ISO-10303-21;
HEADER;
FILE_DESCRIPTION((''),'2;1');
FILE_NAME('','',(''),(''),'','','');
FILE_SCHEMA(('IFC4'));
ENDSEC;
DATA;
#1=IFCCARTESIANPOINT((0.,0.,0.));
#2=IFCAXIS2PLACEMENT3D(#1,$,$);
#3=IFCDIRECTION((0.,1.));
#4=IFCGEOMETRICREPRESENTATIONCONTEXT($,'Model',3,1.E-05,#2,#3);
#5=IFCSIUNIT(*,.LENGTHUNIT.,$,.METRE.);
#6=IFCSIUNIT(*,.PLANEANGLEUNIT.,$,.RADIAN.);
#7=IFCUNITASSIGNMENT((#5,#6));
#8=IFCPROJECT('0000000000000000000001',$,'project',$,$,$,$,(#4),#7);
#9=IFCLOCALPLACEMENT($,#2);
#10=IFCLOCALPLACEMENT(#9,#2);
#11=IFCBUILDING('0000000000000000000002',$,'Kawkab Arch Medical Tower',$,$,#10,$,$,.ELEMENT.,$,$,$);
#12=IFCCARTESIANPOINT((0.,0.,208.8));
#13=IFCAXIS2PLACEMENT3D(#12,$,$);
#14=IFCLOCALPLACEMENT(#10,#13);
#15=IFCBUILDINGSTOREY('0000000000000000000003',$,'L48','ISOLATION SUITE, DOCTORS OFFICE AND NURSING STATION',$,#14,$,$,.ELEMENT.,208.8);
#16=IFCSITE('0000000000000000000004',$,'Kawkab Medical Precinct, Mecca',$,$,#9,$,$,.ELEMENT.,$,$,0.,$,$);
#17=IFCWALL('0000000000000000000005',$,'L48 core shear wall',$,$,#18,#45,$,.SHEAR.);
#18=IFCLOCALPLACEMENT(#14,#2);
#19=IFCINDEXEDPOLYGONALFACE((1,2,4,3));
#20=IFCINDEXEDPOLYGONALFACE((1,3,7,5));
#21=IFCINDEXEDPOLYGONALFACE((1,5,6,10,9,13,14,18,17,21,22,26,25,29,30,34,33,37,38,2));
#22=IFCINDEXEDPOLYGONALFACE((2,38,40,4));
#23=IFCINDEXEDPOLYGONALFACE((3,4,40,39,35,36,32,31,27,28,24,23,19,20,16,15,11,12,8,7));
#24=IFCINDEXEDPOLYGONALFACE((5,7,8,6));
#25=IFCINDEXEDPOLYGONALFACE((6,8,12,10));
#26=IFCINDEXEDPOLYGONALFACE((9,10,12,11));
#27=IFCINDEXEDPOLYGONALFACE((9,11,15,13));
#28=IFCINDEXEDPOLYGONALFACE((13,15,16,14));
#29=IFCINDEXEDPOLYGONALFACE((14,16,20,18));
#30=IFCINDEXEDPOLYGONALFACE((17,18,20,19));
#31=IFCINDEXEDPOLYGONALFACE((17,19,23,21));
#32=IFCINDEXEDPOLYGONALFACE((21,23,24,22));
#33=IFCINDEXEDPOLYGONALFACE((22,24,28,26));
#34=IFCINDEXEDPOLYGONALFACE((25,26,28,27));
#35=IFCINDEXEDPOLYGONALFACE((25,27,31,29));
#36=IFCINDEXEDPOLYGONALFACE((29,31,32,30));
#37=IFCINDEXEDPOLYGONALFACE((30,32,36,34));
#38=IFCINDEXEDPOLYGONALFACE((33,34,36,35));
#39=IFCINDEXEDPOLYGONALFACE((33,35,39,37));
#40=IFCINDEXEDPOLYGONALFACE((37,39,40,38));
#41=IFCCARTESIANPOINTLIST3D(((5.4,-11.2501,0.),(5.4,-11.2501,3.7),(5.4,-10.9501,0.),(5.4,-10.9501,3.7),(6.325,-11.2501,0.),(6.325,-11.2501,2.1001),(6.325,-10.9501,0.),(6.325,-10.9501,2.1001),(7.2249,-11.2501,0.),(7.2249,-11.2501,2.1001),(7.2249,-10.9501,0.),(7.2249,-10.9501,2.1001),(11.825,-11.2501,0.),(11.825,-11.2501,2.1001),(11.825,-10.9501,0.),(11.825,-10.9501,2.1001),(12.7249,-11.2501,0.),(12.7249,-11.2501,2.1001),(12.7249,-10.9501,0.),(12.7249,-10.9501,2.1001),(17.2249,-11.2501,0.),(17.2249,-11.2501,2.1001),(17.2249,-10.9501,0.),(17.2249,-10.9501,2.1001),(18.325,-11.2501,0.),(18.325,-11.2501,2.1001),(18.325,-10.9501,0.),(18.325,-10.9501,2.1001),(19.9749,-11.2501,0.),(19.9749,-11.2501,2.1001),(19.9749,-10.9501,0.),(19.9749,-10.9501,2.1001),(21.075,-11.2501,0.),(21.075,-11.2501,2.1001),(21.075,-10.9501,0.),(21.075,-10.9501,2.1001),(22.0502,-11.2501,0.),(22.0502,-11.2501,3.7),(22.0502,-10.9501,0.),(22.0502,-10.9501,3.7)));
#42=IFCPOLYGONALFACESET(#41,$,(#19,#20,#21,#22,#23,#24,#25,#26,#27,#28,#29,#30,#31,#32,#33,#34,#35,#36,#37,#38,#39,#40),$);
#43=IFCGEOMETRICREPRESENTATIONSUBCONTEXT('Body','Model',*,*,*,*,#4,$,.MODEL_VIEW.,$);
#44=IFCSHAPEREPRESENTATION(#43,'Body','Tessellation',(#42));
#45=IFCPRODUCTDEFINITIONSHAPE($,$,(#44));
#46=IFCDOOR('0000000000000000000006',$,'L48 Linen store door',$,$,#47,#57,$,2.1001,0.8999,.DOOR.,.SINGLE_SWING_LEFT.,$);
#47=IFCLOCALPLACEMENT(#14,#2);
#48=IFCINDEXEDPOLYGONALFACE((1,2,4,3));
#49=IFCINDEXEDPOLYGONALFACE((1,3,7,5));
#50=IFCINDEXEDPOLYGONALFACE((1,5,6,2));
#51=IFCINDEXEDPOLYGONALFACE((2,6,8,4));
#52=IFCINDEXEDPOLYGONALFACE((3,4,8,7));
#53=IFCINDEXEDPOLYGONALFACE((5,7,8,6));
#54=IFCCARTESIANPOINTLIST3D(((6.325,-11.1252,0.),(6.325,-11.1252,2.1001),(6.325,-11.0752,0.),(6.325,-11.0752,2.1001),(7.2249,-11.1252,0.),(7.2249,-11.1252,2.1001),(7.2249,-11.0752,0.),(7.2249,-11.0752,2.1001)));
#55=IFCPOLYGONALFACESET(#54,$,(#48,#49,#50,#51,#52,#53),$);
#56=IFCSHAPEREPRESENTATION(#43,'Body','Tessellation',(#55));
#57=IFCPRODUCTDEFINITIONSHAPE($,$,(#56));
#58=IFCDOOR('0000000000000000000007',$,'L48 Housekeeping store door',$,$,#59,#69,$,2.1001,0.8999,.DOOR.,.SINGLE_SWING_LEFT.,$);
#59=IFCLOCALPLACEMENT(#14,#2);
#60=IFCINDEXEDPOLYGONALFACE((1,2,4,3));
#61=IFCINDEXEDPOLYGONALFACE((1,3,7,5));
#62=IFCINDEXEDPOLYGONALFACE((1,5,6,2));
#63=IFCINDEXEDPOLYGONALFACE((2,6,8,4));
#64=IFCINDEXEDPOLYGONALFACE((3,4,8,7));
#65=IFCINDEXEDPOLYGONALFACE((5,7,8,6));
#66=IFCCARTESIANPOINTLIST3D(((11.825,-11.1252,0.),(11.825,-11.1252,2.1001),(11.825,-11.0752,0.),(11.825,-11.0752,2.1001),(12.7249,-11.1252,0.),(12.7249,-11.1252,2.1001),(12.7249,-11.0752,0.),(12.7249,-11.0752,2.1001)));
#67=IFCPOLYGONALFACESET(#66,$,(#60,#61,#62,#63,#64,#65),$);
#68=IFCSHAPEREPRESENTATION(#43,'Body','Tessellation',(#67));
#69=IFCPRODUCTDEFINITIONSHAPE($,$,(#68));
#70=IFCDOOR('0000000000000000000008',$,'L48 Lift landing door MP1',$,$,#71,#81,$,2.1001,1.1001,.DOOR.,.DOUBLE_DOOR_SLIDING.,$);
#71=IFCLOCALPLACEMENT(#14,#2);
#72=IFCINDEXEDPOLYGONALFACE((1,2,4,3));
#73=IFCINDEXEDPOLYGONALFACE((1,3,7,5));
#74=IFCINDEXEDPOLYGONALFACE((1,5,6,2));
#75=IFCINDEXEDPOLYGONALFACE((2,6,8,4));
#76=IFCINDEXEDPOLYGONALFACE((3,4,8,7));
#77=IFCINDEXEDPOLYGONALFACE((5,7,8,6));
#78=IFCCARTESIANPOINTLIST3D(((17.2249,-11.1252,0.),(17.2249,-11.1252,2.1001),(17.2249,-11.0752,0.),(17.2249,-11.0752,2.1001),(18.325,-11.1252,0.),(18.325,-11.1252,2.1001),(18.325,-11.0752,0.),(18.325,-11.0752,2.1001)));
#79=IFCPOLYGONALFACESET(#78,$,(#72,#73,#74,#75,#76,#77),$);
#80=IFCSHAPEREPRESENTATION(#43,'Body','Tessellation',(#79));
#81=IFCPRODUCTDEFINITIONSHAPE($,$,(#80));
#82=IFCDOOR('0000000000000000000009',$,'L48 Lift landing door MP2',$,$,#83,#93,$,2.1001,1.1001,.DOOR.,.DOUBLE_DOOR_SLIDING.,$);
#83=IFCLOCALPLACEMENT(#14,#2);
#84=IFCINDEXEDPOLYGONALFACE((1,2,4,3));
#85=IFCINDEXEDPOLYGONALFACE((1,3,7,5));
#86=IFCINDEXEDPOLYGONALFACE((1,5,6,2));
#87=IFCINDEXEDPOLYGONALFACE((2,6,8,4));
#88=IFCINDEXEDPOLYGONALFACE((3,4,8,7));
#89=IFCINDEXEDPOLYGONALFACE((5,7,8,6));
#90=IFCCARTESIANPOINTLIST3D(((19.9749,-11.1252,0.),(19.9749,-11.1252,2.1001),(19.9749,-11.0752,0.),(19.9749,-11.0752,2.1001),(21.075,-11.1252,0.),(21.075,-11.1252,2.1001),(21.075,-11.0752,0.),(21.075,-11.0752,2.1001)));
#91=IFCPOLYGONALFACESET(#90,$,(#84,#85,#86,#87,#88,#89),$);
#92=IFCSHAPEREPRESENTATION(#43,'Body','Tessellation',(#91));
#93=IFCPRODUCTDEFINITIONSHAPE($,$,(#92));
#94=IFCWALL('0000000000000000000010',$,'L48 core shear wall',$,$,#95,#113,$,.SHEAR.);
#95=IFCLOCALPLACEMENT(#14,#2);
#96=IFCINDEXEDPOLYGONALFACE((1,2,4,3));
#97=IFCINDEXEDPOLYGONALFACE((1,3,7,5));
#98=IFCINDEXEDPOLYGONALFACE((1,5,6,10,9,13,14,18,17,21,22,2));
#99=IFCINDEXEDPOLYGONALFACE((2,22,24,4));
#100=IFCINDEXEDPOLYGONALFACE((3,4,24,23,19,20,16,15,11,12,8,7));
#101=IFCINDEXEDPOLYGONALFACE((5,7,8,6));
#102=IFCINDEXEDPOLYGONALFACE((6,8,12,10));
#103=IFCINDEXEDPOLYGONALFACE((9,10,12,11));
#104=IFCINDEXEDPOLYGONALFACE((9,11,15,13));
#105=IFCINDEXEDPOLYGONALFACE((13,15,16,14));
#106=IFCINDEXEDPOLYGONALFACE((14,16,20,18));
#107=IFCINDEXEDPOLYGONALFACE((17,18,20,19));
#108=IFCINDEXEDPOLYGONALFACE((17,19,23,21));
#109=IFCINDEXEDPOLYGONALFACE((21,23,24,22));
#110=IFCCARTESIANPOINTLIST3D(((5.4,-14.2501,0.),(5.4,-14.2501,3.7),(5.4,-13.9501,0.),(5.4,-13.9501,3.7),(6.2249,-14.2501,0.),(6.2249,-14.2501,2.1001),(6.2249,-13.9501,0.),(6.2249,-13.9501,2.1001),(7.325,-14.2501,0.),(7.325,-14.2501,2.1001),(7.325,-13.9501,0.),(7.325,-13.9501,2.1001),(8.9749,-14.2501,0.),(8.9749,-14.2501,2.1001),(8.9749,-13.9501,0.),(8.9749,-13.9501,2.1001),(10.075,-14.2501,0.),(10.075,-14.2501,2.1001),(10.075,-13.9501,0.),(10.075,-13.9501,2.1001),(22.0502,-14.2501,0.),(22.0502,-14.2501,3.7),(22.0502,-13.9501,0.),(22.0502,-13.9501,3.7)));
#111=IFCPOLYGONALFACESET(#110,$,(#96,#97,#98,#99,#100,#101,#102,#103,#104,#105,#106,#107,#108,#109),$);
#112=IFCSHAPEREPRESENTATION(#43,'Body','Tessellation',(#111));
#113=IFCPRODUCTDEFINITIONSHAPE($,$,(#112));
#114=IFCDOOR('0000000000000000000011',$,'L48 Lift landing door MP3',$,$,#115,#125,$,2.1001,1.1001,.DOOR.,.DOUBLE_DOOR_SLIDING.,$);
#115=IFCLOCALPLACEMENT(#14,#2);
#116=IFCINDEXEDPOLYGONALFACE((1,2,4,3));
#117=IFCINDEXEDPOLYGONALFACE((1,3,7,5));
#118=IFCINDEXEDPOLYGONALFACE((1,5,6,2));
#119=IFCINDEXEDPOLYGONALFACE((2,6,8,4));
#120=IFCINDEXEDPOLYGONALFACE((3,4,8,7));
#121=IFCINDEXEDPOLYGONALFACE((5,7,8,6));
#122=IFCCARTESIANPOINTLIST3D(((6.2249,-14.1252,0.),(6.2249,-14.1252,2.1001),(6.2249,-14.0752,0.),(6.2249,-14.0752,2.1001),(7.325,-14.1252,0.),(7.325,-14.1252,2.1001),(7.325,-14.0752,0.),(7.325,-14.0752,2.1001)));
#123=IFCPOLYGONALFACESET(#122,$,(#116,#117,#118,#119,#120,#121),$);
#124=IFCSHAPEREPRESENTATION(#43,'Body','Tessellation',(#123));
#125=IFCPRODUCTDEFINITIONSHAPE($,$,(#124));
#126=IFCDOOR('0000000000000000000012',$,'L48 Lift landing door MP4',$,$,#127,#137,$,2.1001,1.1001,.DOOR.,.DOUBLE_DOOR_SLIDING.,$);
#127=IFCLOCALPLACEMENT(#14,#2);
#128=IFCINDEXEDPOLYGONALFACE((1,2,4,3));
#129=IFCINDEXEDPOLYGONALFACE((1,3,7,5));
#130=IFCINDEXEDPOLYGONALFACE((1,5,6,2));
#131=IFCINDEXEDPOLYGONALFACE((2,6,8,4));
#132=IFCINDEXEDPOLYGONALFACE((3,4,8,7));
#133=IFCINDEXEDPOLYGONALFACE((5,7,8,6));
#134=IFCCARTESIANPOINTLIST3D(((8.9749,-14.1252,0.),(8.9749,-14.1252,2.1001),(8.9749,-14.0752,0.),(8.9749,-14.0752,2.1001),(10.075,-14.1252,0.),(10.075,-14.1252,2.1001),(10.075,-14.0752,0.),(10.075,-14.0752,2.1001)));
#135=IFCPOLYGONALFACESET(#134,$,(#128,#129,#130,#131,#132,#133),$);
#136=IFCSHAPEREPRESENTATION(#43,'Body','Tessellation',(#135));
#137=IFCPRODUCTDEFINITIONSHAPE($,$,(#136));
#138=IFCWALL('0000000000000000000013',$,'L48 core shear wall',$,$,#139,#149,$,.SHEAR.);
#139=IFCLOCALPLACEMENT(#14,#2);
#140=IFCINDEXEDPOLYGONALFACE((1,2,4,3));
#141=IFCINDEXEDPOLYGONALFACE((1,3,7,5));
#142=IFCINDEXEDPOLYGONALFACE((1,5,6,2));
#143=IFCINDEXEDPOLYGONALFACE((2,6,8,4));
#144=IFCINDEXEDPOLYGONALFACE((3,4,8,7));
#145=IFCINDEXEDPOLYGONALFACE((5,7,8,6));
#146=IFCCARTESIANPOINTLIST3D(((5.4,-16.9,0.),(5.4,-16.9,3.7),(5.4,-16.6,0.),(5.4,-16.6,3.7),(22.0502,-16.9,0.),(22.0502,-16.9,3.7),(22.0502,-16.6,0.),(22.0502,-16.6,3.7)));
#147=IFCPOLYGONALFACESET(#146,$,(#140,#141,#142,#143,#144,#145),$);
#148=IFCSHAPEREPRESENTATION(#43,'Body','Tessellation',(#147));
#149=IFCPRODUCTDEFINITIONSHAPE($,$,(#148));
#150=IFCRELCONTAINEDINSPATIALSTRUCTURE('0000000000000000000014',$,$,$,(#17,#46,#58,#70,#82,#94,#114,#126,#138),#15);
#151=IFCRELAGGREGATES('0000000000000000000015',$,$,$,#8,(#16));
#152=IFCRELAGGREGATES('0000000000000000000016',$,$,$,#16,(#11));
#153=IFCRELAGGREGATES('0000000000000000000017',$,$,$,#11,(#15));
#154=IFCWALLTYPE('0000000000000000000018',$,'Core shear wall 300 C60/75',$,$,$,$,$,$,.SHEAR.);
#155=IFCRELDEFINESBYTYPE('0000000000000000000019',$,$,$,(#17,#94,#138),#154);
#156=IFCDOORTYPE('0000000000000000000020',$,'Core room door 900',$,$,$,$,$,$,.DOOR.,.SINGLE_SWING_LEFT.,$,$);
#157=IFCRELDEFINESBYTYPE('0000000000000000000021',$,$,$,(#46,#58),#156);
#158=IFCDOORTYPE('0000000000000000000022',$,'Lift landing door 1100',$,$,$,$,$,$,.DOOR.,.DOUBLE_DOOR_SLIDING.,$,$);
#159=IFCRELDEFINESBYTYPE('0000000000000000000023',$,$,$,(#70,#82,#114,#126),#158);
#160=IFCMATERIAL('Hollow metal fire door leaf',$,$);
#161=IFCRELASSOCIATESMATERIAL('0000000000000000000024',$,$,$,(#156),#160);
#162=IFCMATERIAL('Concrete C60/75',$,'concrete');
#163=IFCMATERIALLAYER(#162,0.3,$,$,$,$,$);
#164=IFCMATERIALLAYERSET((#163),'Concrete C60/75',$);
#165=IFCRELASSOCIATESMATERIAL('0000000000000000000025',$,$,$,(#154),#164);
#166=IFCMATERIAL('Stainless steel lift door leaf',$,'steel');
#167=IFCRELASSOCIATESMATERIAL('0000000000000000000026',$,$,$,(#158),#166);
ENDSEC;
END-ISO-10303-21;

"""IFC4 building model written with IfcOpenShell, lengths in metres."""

from ifc_helpers import new_model, si_unit, direction, frame, frame_2d, origin, place, context, subcontext, project, spatial, rectangle, extrude, material, layer, layer_set, type_object, element, fill, save


model = new_model("IFC4")

# Units and contexts
model_context = context("Model", 3, precision=1e-05, world=origin(), true_north=direction((0.0, 1.0)))
body_context = subcontext(model_context, "Body", "Model", "MODEL_VIEW")
ifc_project = project(units=[si_unit("LENGTHUNIT", "METRE"), si_unit("PLANEANGLEUNIT", "RADIAN")], contexts=[model_context])

# Site, building, storey
site_placement = place(None, origin())
site = spatial("IfcSite", under=ifc_project, at=site_placement, Name="Kawkab Medical Precinct, Mecca", CompositionType="ELEMENT", RefElevation=0.0)
building_placement = place(site_placement, origin())
building = spatial("IfcBuilding", under=site, at=building_placement, Name="Kawkab Arch Medical Tower", CompositionType="ELEMENT")
storey_placement = place(building_placement, frame((0.0, 0.0, 208.8)))
storey = spatial("IfcBuildingStorey", under=building, at=storey_placement, Name="L48", Description="ISOLATION SUITE, DOCTORS OFFICE AND NURSING STATION", CompositionType="ELEMENT", Elevation=208.8)

# Shared definitions
ifc_material_1 = material(Name="Hollow metal fire door leaf")
door_type_1 = type_object("IfcDoorType", Name="Core room door 900", OperationType="SINGLE_SWING_LEFT", PredefinedType="DOOR", material=ifc_material_1)

# Shared definitions
ifc_material_2 = material(Name="Concrete C60/75", Category="concrete")
ifc_layer_1 = layer(ifc_material_2, 0.3)
ifc_layer_set_1 = layer_set([ifc_layer_1], Name="Concrete C60/75")
wall_type_1 = type_object("IfcWallType", Name="Core shear wall 300 C60/75", PredefinedType="SHEAR", material=ifc_layer_set_1)

# Walls, openings, doors
wall_1_placement = place(storey_placement, frame((5.3999, -11.1001, 0.0), z_axis=(0.0, 0.0, 1.0), x_axis=(1.0, 0.0, 0.0)))
wall_1 = element("IfcWall", 1, at=wall_1_placement, inside=storey, type_object=wall_type_1, Name="L48 core shear wall", PredefinedType="SHEAR", context=body_context, shape_type="SweptSolid", body=[
    extrude(rectangle(XDim=16.6501, YDim=0.3, at=frame_2d((8.3252, 0.0))), origin(), (0.0, 0.0, 1.0), 3.7),
])
opening_1_placement = place(wall_1_placement, frame((11.825, 0.0, 0.0)))
opening_1 = element("IfcOpeningElement", 2, at=opening_1_placement, cuts=wall_1, PredefinedType="OPENING", context=body_context, shape_type="SweptSolid", body=[
    extrude(rectangle(XDim=1.1001, YDim=2.1001, at=frame_2d((0.55, 1.05))), frame((0.0, 0.1599, 0.0), z_axis=(0.0, -1.0, 0.0), x_axis=(1.0, 0.0, 0.0)), (0.0, 0.0, 1.0), 0.3201),
])
opening_2_placement = place(wall_1_placement, frame((14.575, 0.0, 0.0)))
opening_2 = element("IfcOpeningElement", 3, at=opening_2_placement, cuts=wall_1, PredefinedType="OPENING", context=body_context, shape_type="SweptSolid", body=[
    extrude(rectangle(XDim=1.1001, YDim=2.1001, at=frame_2d((0.55, 1.05))), frame((0.0, 0.1599, 0.0), z_axis=(0.0, -1.0, 0.0), x_axis=(1.0, 0.0, 0.0)), (0.0, 0.0, 1.0), 0.3201),
])
opening_3_placement = place(wall_1_placement, frame((0.925, 0.0, 0.0)))
opening_3 = element("IfcOpeningElement", 4, at=opening_3_placement, cuts=wall_1, PredefinedType="OPENING", context=body_context, shape_type="SweptSolid", body=[
    extrude(rectangle(XDim=0.8999, YDim=2.1001, at=frame_2d((0.45, 1.05))), frame((0.0, 0.1599, 0.0), z_axis=(0.0, -1.0, 0.0), x_axis=(1.0, 0.0, 0.0)), (0.0, 0.0, 1.0), 0.3201),
])
opening_4_placement = place(wall_1_placement, frame((6.425, 0.0, 0.0)))
opening_4 = element("IfcOpeningElement", 5, at=opening_4_placement, cuts=wall_1, PredefinedType="OPENING", context=body_context, shape_type="SweptSolid", body=[
    extrude(rectangle(XDim=0.8999, YDim=2.1001, at=frame_2d((0.45, 1.05))), frame((0.0, 0.1599, 0.0), z_axis=(0.0, -1.0, 0.0), x_axis=(1.0, 0.0, 0.0)), (0.0, 0.0, 1.0), 0.3201),
])
door_1_placement = place(opening_3_placement, origin())
door_1 = element("IfcDoor", 6, at=door_1_placement, inside=storey, type_object=door_type_1, Name="L48 Linen store door", OperationType="SINGLE_SWING_LEFT", OverallHeight=2.1001, OverallWidth=0.8999, PredefinedType="DOOR", context=body_context, shape_type="SweptSolid", body=[
    extrude(rectangle(XDim=0.8999, YDim=2.1001, at=frame_2d((0.45, 1.05))), frame((0.0, 0.0249, 0.0), z_axis=(0.0, -1.0, 0.0), x_axis=(1.0, 0.0, 0.0)), (0.0, 0.0, 1.0), 0.05),
])
fill(opening_3, door_1)
door_2_placement = place(opening_4_placement, origin())
door_2 = element("IfcDoor", 7, at=door_2_placement, inside=storey, type_object=door_type_1, Name="L48 Housekeeping store door", OperationType="SINGLE_SWING_LEFT", OverallHeight=2.1001, OverallWidth=0.8999, PredefinedType="DOOR", context=body_context, shape_type="SweptSolid", body=[
    extrude(rectangle(XDim=0.8999, YDim=2.1001, at=frame_2d((0.45, 1.05))), frame((0.0, 0.0249, 0.0), z_axis=(0.0, -1.0, 0.0), x_axis=(1.0, 0.0, 0.0)), (0.0, 0.0, 1.0), 0.05),
])
fill(opening_4, door_2)
ifc_material_3 = material(Name="Stainless steel lift door leaf", Category="steel")
door_type_2 = type_object("IfcDoorType", Name="Lift landing door 1100", OperationType="DOUBLE_DOOR_SLIDING", PredefinedType="DOOR", material=ifc_material_3)
door_3_placement = place(opening_1_placement, origin())
door_3 = element("IfcDoor", 8, at=door_3_placement, inside=storey, type_object=door_type_2, Name="L48 Lift landing door MP1", OperationType="DOUBLE_DOOR_SLIDING", OverallHeight=2.1001, OverallWidth=1.1001, PredefinedType="DOOR", context=body_context, shape_type="SweptSolid", body=[
    extrude(rectangle(XDim=1.1001, YDim=2.1001, at=frame_2d((0.55, 1.05))), frame((0.0, 0.0249, 0.0), z_axis=(0.0, -1.0, 0.0), x_axis=(1.0, 0.0, 0.0)), (0.0, 0.0, 1.0), 0.05),
])
fill(opening_1, door_3)
door_4_placement = place(opening_2_placement, origin())
door_4 = element("IfcDoor", 9, at=door_4_placement, inside=storey, type_object=door_type_2, Name="L48 Lift landing door MP2", OperationType="DOUBLE_DOOR_SLIDING", OverallHeight=2.1001, OverallWidth=1.1001, PredefinedType="DOOR", context=body_context, shape_type="SweptSolid", body=[
    extrude(rectangle(XDim=1.1001, YDim=2.1001, at=frame_2d((0.55, 1.05))), frame((0.0, 0.0249, 0.0), z_axis=(0.0, -1.0, 0.0), x_axis=(1.0, 0.0, 0.0)), (0.0, 0.0, 1.0), 0.05),
])
fill(opening_2, door_4)
wall_2_placement = place(storey_placement, frame((5.3999, -14.1001, 0.0), z_axis=(0.0, 0.0, 1.0), x_axis=(1.0, 0.0, 0.0)))
wall_2 = element("IfcWall", 10, at=wall_2_placement, inside=storey, type_object=wall_type_1, Name="L48 core shear wall", PredefinedType="SHEAR", context=body_context, shape_type="SweptSolid", body=[
    extrude(rectangle(XDim=16.6501, YDim=0.3, at=frame_2d((8.3252, 0.0))), origin(), (0.0, 0.0, 1.0), 3.7),
])
opening_5_placement = place(wall_2_placement, frame((0.825, 0.0, 0.0)))
opening_5 = element("IfcOpeningElement", 11, at=opening_5_placement, cuts=wall_2, PredefinedType="OPENING", context=body_context, shape_type="SweptSolid", body=[
    extrude(rectangle(XDim=1.1001, YDim=2.1001, at=frame_2d((0.55, 1.05))), frame((0.0, 0.1599, 0.0), z_axis=(0.0, -1.0, 0.0), x_axis=(1.0, 0.0, 0.0)), (0.0, 0.0, 1.0), 0.3201),
])
opening_6_placement = place(wall_2_placement, frame((3.575, 0.0, 0.0)))
opening_6 = element("IfcOpeningElement", 12, at=opening_6_placement, cuts=wall_2, PredefinedType="OPENING", context=body_context, shape_type="SweptSolid", body=[
    extrude(rectangle(XDim=1.1001, YDim=2.1001, at=frame_2d((0.55, 1.05))), frame((0.0, 0.1599, 0.0), z_axis=(0.0, -1.0, 0.0), x_axis=(1.0, 0.0, 0.0)), (0.0, 0.0, 1.0), 0.3201),
])
door_5_placement = place(opening_5_placement, origin())
door_5 = element("IfcDoor", 13, at=door_5_placement, inside=storey, type_object=door_type_2, Name="L48 Lift landing door MP3", OperationType="DOUBLE_DOOR_SLIDING", OverallHeight=2.1001, OverallWidth=1.1001, PredefinedType="DOOR", context=body_context, shape_type="SweptSolid", body=[
    extrude(rectangle(XDim=1.1001, YDim=2.1001, at=frame_2d((0.55, 1.05))), frame((0.0, 0.0249, 0.0), z_axis=(0.0, -1.0, 0.0), x_axis=(1.0, 0.0, 0.0)), (0.0, 0.0, 1.0), 0.05),
])
fill(opening_5, door_5)
door_6_placement = place(opening_6_placement, origin())
door_6 = element("IfcDoor", 14, at=door_6_placement, inside=storey, type_object=door_type_2, Name="L48 Lift landing door MP4", OperationType="DOUBLE_DOOR_SLIDING", OverallHeight=2.1001, OverallWidth=1.1001, PredefinedType="DOOR", context=body_context, shape_type="SweptSolid", body=[
    extrude(rectangle(XDim=1.1001, YDim=2.1001, at=frame_2d((0.55, 1.05))), frame((0.0, 0.0249, 0.0), z_axis=(0.0, -1.0, 0.0), x_axis=(1.0, 0.0, 0.0)), (0.0, 0.0, 1.0), 0.05),
])
fill(opening_6, door_6)

# Wall
wall_3_placement = place(storey_placement, frame((5.3999, -16.75, 0.0), z_axis=(0.0, 0.0, 1.0), x_axis=(1.0, 0.0, 0.0)))
element("IfcWall", 15, at=wall_3_placement, inside=storey, type_object=wall_type_1, Name="L48 core shear wall", PredefinedType="SHEAR", context=body_context, shape_type="SweptSolid", body=[
    extrude(rectangle(XDim=16.6501, YDim=0.3, at=frame_2d((8.3252, 0.0))), origin(), (0.0, 0.0, 1.0), 3.7),
])

save(model, "model.ifc")
